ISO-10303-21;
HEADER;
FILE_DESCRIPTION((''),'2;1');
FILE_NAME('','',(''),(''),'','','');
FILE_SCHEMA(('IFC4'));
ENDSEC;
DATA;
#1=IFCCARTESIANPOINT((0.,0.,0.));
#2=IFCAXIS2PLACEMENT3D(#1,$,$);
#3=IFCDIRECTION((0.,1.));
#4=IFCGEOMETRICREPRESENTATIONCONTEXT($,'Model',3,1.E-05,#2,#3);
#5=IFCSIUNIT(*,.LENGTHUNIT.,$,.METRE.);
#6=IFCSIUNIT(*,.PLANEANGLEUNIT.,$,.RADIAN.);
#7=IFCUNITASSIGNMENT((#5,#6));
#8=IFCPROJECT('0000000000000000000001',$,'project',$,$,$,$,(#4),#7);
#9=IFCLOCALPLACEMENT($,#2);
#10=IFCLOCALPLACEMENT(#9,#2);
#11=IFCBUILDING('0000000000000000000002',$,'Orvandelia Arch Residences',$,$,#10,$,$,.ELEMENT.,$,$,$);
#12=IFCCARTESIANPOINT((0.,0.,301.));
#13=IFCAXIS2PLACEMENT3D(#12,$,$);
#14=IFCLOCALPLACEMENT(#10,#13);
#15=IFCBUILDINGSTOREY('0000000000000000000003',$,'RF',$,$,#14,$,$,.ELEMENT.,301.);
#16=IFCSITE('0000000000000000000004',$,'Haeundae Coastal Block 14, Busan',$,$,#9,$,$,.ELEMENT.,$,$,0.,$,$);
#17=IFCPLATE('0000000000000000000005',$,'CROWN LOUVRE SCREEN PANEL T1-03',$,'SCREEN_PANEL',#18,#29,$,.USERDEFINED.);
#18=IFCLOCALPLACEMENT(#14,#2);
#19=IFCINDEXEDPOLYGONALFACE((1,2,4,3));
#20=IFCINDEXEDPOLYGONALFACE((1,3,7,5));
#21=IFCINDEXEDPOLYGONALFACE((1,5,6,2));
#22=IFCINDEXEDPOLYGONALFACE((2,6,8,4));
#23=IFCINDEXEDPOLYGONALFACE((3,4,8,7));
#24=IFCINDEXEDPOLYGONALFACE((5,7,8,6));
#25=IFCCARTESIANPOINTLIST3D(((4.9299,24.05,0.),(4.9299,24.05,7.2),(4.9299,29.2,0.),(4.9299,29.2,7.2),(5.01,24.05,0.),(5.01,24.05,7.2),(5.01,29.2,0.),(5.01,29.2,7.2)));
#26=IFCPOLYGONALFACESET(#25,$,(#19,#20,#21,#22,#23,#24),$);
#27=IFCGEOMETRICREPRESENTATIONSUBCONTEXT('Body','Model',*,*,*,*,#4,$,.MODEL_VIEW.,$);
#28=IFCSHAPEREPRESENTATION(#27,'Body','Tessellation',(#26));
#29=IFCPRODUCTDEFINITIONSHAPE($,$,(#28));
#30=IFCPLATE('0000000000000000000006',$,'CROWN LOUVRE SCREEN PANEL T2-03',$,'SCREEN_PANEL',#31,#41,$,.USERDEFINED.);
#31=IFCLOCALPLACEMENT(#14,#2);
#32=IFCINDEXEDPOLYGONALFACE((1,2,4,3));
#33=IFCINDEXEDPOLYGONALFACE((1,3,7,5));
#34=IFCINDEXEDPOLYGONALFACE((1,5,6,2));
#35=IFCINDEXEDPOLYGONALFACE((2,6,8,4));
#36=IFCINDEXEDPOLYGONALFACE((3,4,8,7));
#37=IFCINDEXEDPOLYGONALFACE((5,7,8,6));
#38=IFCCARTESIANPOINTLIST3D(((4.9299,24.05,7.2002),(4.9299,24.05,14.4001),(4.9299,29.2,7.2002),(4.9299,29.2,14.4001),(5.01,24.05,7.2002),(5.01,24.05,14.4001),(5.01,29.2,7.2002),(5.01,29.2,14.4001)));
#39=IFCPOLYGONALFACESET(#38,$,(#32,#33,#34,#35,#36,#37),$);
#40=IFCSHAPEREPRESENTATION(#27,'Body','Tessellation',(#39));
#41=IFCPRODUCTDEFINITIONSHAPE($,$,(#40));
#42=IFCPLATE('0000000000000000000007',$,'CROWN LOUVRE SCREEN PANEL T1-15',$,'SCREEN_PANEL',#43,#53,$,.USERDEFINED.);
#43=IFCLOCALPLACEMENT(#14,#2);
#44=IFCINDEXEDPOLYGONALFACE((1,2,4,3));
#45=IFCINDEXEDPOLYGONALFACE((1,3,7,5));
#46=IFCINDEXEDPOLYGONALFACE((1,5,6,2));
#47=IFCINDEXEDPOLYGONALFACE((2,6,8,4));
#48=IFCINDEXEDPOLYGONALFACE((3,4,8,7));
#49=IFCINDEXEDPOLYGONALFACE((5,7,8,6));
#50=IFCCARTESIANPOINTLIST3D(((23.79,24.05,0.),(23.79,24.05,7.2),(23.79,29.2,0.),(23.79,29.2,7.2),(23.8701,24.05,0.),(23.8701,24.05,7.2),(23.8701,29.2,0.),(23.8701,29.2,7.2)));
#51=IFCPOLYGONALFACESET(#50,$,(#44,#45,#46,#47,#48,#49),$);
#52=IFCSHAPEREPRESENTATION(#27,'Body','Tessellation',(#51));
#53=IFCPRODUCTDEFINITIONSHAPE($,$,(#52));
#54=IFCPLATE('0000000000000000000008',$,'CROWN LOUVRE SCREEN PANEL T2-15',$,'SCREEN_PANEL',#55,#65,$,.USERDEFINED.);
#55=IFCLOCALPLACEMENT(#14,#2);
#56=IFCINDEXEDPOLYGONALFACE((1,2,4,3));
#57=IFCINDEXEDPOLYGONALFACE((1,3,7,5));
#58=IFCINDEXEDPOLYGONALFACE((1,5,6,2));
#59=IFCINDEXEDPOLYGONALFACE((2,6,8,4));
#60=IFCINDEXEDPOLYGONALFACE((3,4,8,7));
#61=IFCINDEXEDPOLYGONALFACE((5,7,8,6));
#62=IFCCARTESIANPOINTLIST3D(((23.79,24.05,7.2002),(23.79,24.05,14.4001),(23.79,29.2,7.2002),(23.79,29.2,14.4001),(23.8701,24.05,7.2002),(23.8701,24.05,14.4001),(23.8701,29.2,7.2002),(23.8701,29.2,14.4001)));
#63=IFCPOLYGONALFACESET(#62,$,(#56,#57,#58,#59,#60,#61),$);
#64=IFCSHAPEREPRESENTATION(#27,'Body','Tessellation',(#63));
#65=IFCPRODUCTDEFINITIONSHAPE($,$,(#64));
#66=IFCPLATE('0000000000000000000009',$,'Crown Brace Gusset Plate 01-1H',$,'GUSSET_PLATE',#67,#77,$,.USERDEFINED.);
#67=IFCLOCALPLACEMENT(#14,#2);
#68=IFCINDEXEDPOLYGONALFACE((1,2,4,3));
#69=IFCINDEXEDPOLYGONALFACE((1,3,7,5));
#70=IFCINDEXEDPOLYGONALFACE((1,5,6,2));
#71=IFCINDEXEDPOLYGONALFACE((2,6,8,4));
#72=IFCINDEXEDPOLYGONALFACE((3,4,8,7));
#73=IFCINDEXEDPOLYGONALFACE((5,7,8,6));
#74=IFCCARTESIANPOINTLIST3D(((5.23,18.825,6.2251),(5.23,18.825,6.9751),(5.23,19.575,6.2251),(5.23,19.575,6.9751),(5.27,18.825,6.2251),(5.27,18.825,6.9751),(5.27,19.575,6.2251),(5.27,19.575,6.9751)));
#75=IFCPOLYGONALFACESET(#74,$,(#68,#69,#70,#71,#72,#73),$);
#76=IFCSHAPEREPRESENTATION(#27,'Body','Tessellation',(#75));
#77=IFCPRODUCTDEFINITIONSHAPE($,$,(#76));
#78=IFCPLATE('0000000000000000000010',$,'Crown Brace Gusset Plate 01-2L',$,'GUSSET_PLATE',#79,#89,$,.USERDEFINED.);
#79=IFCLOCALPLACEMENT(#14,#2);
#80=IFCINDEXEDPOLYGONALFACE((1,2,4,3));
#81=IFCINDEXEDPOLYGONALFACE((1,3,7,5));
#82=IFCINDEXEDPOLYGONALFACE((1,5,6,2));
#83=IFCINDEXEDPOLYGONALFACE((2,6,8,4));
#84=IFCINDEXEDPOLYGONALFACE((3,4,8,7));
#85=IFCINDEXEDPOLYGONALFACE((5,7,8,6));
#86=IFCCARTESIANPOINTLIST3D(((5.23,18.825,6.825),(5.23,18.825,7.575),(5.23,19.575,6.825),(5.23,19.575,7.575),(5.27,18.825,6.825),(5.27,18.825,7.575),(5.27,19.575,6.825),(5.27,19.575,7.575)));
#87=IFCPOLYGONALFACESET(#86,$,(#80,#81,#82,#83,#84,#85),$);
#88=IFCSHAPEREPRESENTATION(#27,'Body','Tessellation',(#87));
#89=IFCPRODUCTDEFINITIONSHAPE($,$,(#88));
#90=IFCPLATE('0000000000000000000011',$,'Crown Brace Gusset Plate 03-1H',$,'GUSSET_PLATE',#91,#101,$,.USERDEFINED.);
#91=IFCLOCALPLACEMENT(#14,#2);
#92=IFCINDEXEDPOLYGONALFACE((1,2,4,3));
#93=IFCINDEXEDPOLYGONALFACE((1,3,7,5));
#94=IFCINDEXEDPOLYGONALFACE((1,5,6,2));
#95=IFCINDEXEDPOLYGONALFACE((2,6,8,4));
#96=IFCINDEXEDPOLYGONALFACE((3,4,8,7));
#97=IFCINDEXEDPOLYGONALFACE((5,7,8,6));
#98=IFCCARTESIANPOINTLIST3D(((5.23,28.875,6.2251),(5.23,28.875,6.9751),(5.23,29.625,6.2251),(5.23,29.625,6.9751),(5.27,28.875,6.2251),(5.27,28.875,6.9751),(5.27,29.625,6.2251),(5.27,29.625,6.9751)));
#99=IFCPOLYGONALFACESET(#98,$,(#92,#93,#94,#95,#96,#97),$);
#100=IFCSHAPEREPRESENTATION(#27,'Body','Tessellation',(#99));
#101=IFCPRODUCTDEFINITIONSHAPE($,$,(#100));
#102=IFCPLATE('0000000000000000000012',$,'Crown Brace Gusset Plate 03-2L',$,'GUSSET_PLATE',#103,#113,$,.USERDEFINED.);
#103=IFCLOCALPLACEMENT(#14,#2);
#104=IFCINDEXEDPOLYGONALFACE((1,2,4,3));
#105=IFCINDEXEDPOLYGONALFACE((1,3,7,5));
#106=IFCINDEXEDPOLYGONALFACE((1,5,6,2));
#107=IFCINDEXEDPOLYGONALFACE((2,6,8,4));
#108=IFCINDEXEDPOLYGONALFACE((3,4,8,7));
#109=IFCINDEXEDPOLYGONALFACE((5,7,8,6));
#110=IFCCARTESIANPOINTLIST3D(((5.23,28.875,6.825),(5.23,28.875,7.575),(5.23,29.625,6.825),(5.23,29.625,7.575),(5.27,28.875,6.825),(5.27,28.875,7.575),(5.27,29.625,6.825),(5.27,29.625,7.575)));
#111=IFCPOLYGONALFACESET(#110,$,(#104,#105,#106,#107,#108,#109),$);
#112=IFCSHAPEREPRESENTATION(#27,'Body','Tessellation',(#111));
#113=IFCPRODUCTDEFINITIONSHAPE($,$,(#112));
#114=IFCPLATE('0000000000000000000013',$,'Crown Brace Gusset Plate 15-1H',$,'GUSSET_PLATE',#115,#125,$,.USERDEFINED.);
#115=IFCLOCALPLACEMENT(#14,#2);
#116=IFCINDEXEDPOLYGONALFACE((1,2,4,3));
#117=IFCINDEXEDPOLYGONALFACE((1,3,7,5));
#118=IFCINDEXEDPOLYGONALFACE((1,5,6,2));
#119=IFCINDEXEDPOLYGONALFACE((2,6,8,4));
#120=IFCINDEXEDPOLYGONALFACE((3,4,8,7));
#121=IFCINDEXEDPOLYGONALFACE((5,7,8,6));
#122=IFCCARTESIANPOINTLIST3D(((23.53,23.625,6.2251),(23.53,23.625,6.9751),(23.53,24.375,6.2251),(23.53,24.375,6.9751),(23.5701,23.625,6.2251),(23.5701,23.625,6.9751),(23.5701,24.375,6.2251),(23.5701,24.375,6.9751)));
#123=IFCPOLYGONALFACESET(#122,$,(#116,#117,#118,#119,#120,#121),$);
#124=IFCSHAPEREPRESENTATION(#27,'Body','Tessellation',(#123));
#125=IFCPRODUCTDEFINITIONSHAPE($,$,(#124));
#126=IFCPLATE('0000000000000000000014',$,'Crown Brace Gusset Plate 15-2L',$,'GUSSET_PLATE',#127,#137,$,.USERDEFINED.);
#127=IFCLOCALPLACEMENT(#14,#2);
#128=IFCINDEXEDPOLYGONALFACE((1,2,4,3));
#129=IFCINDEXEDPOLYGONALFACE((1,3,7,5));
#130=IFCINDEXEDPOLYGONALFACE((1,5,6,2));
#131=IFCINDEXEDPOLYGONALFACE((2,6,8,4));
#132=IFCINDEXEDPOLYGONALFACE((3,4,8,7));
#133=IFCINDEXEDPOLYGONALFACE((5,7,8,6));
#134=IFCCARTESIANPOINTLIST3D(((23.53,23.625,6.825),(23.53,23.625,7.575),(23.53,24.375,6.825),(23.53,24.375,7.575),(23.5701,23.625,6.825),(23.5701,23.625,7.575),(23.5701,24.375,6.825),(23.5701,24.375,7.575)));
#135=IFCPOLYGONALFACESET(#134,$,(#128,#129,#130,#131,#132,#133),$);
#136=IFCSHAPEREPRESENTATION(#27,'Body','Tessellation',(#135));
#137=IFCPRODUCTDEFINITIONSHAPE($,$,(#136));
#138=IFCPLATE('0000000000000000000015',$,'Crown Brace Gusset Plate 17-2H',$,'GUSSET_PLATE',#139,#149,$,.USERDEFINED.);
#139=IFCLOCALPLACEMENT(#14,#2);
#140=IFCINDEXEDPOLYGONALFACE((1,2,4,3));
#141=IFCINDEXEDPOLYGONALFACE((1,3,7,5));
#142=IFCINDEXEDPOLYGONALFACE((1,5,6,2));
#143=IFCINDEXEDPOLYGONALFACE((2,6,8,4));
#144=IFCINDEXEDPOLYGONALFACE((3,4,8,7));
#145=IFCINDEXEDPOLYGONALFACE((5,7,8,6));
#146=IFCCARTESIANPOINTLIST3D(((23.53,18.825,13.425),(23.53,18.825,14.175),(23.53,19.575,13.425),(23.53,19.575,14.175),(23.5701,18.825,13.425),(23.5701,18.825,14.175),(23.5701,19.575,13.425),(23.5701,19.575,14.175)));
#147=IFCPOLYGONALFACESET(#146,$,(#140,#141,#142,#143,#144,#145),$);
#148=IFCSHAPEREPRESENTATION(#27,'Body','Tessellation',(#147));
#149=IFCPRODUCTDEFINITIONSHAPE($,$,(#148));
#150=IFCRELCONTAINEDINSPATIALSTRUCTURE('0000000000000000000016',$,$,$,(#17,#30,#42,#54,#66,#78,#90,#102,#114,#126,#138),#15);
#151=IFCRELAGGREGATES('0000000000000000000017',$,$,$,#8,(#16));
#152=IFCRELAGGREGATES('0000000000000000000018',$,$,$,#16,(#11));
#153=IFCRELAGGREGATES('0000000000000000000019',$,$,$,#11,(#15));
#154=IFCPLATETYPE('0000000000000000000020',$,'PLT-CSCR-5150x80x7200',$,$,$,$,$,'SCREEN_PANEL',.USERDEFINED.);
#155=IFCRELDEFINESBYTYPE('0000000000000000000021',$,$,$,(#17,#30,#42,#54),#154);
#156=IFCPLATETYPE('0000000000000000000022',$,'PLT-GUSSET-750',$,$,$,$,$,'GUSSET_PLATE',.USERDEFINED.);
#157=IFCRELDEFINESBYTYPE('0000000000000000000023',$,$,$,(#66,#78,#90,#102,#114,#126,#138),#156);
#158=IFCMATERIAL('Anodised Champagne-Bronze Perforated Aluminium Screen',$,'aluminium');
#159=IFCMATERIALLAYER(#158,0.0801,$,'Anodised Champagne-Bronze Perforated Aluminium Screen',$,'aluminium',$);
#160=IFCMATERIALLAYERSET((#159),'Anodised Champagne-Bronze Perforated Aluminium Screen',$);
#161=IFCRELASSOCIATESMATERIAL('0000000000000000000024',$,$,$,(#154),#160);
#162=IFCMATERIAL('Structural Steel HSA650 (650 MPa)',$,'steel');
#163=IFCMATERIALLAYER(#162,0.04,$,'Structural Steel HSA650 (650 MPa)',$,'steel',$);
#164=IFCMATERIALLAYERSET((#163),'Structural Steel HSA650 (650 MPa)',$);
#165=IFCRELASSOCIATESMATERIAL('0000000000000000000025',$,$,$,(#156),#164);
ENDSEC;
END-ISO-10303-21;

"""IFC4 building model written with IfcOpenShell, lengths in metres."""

from ifc_helpers import new_model, si_unit, direction, frame, origin, origin_2d, place, context, subcontext, project, spatial, rectangle, extrude, material, layer, layer_set, type_object, element, save


model = new_model("IFC4")

# Units and contexts
model_context = context("Model", 3, precision=1e-05, world=origin(), true_north=direction((0.0, 1.0)))
body_context = subcontext(model_context, "Body", "Model", "MODEL_VIEW")
ifc_project = project(units=[si_unit("LENGTHUNIT", "METRE"), si_unit("PLANEANGLEUNIT", "RADIAN")], contexts=[model_context])

# Site, building, storey
site_placement = place(None, origin())
site = spatial("IfcSite", under=ifc_project, at=site_placement, Name="Haeundae Coastal Block 14, Busan", CompositionType="ELEMENT", RefElevation=0.0)
building_placement = place(site_placement, origin())
building = spatial("IfcBuilding", under=site, at=building_placement, Name="Orvandelia Arch Residences", CompositionType="ELEMENT")
storey_placement = place(building_placement, frame((0.0, 0.0, 301.0)))
storey = spatial("IfcBuildingStorey", under=building, at=storey_placement, Name="RF", CompositionType="ELEMENT", Elevation=301.0)

# Shared definitions
ifc_material_1 = material(Name="Structural Steel HSA650 (650 MPa)", Category="steel")

# Plates
ifc_material_2 = material(Name="Anodised Champagne-Bronze Perforated Aluminium Screen", Category="aluminium")
ifc_layer_1 = layer(ifc_material_2, 0.0801, Name="Anodised Champagne-Bronze Perforated Aluminium Screen", Category="aluminium")
ifc_layer_set_1 = layer_set([ifc_layer_1], Name="Anodised Champagne-Bronze Perforated Aluminium Screen")
plate_type_1 = type_object("IfcPlateType", Name="PLT-CSCR-5150x80x7200", ElementType="SCREEN_PANEL", PredefinedType="USERDEFINED", material=ifc_layer_set_1)
for number, where, z_axis, x_axis, name in (
    (1, (4.97, 26.625, 0.0), (0.0, 0.0, 1.0), (0.0, 1.0, 0.0), "CROWN LOUVRE SCREEN PANEL T1-03"),
    (2, (4.97, 26.625, 7.2002), (0.0, 0.0, 1.0), (0.0, 1.0, 0.0), "CROWN LOUVRE SCREEN PANEL T2-03"),
    (3, (23.8301, 26.625, 0.0), (0.0, 0.0, 1.0), (0.0, -1.0, 0.0), "CROWN LOUVRE SCREEN PANEL T1-15"),
    (4, (23.8301, 26.625, 7.2002), (0.0, 0.0, 1.0), (0.0, -1.0, 0.0), "CROWN LOUVRE SCREEN PANEL T2-15"),
):
    element("IfcPlate", number, at=place(storey_placement, frame(where, z_axis=z_axis, x_axis=x_axis)), inside=storey, type_object=plate_type_1, Name=name, ObjectType="SCREEN_PANEL", PredefinedType="USERDEFINED", context=body_context, shape_type="SweptSolid", body=[
        extrude(rectangle(XDim=5.1499, YDim=0.0801, at=origin_2d()), origin(), (0.0, 0.0, 1.0), 7.2),
    ])
ifc_layer_2 = layer(ifc_material_1, 0.04, Name="Structural Steel HSA650 (650 MPa)", Category="steel")
ifc_layer_set_2 = layer_set([ifc_layer_2], Name="Structural Steel HSA650 (650 MPa)")
plate_type_2 = type_object("IfcPlateType", Name="PLT-GUSSET-750", ElementType="GUSSET_PLATE", PredefinedType="USERDEFINED", material=ifc_layer_set_2)
for number, where, z_axis, x_axis, name in (
    (5, (5.25, 19.2, 6.2251), (0.0, 0.0, 1.0), (0.0, 1.0, 0.0), "Crown Brace Gusset Plate 01-1H"),
    (6, (5.25, 19.2, 6.825), (0.0, 0.0, 1.0), (0.0, 1.0, 0.0), "Crown Brace Gusset Plate 01-2L"),
    (7, (5.25, 29.25, 6.2251), (0.0, 0.0, 1.0), (0.0, 1.0, 0.0), "Crown Brace Gusset Plate 03-1H"),
    (8, (5.25, 29.25, 6.825), (0.0, 0.0, 1.0), (0.0, 1.0, 0.0), "Crown Brace Gusset Plate 03-2L"),
    (9, (23.55, 24.0, 6.2251), (0.0, 0.0, 1.0), (0.0, -1.0, 0.0), "Crown Brace Gusset Plate 15-1H"),
    (10, (23.55, 24.0, 6.825), (0.0, 0.0, 1.0), (0.0, -1.0, 0.0), "Crown Brace Gusset Plate 15-2L"),
    (11, (23.55, 19.2, 13.425), (0.0, 0.0, 1.0), (0.0, -1.0, 0.0), "Crown Brace Gusset Plate 17-2H"),
):
    element("IfcPlate", number, at=place(storey_placement, frame(where, z_axis=z_axis, x_axis=x_axis)), inside=storey, type_object=plate_type_2, Name=name, ObjectType="GUSSET_PLATE", PredefinedType="USERDEFINED", context=body_context, shape_type="SweptSolid", body=[
        extrude(rectangle(XDim=0.75, YDim=0.04, at=origin_2d()), origin(), (0.0, 0.0, 1.0), 0.75),
    ])

save(model, "model.ifc")
